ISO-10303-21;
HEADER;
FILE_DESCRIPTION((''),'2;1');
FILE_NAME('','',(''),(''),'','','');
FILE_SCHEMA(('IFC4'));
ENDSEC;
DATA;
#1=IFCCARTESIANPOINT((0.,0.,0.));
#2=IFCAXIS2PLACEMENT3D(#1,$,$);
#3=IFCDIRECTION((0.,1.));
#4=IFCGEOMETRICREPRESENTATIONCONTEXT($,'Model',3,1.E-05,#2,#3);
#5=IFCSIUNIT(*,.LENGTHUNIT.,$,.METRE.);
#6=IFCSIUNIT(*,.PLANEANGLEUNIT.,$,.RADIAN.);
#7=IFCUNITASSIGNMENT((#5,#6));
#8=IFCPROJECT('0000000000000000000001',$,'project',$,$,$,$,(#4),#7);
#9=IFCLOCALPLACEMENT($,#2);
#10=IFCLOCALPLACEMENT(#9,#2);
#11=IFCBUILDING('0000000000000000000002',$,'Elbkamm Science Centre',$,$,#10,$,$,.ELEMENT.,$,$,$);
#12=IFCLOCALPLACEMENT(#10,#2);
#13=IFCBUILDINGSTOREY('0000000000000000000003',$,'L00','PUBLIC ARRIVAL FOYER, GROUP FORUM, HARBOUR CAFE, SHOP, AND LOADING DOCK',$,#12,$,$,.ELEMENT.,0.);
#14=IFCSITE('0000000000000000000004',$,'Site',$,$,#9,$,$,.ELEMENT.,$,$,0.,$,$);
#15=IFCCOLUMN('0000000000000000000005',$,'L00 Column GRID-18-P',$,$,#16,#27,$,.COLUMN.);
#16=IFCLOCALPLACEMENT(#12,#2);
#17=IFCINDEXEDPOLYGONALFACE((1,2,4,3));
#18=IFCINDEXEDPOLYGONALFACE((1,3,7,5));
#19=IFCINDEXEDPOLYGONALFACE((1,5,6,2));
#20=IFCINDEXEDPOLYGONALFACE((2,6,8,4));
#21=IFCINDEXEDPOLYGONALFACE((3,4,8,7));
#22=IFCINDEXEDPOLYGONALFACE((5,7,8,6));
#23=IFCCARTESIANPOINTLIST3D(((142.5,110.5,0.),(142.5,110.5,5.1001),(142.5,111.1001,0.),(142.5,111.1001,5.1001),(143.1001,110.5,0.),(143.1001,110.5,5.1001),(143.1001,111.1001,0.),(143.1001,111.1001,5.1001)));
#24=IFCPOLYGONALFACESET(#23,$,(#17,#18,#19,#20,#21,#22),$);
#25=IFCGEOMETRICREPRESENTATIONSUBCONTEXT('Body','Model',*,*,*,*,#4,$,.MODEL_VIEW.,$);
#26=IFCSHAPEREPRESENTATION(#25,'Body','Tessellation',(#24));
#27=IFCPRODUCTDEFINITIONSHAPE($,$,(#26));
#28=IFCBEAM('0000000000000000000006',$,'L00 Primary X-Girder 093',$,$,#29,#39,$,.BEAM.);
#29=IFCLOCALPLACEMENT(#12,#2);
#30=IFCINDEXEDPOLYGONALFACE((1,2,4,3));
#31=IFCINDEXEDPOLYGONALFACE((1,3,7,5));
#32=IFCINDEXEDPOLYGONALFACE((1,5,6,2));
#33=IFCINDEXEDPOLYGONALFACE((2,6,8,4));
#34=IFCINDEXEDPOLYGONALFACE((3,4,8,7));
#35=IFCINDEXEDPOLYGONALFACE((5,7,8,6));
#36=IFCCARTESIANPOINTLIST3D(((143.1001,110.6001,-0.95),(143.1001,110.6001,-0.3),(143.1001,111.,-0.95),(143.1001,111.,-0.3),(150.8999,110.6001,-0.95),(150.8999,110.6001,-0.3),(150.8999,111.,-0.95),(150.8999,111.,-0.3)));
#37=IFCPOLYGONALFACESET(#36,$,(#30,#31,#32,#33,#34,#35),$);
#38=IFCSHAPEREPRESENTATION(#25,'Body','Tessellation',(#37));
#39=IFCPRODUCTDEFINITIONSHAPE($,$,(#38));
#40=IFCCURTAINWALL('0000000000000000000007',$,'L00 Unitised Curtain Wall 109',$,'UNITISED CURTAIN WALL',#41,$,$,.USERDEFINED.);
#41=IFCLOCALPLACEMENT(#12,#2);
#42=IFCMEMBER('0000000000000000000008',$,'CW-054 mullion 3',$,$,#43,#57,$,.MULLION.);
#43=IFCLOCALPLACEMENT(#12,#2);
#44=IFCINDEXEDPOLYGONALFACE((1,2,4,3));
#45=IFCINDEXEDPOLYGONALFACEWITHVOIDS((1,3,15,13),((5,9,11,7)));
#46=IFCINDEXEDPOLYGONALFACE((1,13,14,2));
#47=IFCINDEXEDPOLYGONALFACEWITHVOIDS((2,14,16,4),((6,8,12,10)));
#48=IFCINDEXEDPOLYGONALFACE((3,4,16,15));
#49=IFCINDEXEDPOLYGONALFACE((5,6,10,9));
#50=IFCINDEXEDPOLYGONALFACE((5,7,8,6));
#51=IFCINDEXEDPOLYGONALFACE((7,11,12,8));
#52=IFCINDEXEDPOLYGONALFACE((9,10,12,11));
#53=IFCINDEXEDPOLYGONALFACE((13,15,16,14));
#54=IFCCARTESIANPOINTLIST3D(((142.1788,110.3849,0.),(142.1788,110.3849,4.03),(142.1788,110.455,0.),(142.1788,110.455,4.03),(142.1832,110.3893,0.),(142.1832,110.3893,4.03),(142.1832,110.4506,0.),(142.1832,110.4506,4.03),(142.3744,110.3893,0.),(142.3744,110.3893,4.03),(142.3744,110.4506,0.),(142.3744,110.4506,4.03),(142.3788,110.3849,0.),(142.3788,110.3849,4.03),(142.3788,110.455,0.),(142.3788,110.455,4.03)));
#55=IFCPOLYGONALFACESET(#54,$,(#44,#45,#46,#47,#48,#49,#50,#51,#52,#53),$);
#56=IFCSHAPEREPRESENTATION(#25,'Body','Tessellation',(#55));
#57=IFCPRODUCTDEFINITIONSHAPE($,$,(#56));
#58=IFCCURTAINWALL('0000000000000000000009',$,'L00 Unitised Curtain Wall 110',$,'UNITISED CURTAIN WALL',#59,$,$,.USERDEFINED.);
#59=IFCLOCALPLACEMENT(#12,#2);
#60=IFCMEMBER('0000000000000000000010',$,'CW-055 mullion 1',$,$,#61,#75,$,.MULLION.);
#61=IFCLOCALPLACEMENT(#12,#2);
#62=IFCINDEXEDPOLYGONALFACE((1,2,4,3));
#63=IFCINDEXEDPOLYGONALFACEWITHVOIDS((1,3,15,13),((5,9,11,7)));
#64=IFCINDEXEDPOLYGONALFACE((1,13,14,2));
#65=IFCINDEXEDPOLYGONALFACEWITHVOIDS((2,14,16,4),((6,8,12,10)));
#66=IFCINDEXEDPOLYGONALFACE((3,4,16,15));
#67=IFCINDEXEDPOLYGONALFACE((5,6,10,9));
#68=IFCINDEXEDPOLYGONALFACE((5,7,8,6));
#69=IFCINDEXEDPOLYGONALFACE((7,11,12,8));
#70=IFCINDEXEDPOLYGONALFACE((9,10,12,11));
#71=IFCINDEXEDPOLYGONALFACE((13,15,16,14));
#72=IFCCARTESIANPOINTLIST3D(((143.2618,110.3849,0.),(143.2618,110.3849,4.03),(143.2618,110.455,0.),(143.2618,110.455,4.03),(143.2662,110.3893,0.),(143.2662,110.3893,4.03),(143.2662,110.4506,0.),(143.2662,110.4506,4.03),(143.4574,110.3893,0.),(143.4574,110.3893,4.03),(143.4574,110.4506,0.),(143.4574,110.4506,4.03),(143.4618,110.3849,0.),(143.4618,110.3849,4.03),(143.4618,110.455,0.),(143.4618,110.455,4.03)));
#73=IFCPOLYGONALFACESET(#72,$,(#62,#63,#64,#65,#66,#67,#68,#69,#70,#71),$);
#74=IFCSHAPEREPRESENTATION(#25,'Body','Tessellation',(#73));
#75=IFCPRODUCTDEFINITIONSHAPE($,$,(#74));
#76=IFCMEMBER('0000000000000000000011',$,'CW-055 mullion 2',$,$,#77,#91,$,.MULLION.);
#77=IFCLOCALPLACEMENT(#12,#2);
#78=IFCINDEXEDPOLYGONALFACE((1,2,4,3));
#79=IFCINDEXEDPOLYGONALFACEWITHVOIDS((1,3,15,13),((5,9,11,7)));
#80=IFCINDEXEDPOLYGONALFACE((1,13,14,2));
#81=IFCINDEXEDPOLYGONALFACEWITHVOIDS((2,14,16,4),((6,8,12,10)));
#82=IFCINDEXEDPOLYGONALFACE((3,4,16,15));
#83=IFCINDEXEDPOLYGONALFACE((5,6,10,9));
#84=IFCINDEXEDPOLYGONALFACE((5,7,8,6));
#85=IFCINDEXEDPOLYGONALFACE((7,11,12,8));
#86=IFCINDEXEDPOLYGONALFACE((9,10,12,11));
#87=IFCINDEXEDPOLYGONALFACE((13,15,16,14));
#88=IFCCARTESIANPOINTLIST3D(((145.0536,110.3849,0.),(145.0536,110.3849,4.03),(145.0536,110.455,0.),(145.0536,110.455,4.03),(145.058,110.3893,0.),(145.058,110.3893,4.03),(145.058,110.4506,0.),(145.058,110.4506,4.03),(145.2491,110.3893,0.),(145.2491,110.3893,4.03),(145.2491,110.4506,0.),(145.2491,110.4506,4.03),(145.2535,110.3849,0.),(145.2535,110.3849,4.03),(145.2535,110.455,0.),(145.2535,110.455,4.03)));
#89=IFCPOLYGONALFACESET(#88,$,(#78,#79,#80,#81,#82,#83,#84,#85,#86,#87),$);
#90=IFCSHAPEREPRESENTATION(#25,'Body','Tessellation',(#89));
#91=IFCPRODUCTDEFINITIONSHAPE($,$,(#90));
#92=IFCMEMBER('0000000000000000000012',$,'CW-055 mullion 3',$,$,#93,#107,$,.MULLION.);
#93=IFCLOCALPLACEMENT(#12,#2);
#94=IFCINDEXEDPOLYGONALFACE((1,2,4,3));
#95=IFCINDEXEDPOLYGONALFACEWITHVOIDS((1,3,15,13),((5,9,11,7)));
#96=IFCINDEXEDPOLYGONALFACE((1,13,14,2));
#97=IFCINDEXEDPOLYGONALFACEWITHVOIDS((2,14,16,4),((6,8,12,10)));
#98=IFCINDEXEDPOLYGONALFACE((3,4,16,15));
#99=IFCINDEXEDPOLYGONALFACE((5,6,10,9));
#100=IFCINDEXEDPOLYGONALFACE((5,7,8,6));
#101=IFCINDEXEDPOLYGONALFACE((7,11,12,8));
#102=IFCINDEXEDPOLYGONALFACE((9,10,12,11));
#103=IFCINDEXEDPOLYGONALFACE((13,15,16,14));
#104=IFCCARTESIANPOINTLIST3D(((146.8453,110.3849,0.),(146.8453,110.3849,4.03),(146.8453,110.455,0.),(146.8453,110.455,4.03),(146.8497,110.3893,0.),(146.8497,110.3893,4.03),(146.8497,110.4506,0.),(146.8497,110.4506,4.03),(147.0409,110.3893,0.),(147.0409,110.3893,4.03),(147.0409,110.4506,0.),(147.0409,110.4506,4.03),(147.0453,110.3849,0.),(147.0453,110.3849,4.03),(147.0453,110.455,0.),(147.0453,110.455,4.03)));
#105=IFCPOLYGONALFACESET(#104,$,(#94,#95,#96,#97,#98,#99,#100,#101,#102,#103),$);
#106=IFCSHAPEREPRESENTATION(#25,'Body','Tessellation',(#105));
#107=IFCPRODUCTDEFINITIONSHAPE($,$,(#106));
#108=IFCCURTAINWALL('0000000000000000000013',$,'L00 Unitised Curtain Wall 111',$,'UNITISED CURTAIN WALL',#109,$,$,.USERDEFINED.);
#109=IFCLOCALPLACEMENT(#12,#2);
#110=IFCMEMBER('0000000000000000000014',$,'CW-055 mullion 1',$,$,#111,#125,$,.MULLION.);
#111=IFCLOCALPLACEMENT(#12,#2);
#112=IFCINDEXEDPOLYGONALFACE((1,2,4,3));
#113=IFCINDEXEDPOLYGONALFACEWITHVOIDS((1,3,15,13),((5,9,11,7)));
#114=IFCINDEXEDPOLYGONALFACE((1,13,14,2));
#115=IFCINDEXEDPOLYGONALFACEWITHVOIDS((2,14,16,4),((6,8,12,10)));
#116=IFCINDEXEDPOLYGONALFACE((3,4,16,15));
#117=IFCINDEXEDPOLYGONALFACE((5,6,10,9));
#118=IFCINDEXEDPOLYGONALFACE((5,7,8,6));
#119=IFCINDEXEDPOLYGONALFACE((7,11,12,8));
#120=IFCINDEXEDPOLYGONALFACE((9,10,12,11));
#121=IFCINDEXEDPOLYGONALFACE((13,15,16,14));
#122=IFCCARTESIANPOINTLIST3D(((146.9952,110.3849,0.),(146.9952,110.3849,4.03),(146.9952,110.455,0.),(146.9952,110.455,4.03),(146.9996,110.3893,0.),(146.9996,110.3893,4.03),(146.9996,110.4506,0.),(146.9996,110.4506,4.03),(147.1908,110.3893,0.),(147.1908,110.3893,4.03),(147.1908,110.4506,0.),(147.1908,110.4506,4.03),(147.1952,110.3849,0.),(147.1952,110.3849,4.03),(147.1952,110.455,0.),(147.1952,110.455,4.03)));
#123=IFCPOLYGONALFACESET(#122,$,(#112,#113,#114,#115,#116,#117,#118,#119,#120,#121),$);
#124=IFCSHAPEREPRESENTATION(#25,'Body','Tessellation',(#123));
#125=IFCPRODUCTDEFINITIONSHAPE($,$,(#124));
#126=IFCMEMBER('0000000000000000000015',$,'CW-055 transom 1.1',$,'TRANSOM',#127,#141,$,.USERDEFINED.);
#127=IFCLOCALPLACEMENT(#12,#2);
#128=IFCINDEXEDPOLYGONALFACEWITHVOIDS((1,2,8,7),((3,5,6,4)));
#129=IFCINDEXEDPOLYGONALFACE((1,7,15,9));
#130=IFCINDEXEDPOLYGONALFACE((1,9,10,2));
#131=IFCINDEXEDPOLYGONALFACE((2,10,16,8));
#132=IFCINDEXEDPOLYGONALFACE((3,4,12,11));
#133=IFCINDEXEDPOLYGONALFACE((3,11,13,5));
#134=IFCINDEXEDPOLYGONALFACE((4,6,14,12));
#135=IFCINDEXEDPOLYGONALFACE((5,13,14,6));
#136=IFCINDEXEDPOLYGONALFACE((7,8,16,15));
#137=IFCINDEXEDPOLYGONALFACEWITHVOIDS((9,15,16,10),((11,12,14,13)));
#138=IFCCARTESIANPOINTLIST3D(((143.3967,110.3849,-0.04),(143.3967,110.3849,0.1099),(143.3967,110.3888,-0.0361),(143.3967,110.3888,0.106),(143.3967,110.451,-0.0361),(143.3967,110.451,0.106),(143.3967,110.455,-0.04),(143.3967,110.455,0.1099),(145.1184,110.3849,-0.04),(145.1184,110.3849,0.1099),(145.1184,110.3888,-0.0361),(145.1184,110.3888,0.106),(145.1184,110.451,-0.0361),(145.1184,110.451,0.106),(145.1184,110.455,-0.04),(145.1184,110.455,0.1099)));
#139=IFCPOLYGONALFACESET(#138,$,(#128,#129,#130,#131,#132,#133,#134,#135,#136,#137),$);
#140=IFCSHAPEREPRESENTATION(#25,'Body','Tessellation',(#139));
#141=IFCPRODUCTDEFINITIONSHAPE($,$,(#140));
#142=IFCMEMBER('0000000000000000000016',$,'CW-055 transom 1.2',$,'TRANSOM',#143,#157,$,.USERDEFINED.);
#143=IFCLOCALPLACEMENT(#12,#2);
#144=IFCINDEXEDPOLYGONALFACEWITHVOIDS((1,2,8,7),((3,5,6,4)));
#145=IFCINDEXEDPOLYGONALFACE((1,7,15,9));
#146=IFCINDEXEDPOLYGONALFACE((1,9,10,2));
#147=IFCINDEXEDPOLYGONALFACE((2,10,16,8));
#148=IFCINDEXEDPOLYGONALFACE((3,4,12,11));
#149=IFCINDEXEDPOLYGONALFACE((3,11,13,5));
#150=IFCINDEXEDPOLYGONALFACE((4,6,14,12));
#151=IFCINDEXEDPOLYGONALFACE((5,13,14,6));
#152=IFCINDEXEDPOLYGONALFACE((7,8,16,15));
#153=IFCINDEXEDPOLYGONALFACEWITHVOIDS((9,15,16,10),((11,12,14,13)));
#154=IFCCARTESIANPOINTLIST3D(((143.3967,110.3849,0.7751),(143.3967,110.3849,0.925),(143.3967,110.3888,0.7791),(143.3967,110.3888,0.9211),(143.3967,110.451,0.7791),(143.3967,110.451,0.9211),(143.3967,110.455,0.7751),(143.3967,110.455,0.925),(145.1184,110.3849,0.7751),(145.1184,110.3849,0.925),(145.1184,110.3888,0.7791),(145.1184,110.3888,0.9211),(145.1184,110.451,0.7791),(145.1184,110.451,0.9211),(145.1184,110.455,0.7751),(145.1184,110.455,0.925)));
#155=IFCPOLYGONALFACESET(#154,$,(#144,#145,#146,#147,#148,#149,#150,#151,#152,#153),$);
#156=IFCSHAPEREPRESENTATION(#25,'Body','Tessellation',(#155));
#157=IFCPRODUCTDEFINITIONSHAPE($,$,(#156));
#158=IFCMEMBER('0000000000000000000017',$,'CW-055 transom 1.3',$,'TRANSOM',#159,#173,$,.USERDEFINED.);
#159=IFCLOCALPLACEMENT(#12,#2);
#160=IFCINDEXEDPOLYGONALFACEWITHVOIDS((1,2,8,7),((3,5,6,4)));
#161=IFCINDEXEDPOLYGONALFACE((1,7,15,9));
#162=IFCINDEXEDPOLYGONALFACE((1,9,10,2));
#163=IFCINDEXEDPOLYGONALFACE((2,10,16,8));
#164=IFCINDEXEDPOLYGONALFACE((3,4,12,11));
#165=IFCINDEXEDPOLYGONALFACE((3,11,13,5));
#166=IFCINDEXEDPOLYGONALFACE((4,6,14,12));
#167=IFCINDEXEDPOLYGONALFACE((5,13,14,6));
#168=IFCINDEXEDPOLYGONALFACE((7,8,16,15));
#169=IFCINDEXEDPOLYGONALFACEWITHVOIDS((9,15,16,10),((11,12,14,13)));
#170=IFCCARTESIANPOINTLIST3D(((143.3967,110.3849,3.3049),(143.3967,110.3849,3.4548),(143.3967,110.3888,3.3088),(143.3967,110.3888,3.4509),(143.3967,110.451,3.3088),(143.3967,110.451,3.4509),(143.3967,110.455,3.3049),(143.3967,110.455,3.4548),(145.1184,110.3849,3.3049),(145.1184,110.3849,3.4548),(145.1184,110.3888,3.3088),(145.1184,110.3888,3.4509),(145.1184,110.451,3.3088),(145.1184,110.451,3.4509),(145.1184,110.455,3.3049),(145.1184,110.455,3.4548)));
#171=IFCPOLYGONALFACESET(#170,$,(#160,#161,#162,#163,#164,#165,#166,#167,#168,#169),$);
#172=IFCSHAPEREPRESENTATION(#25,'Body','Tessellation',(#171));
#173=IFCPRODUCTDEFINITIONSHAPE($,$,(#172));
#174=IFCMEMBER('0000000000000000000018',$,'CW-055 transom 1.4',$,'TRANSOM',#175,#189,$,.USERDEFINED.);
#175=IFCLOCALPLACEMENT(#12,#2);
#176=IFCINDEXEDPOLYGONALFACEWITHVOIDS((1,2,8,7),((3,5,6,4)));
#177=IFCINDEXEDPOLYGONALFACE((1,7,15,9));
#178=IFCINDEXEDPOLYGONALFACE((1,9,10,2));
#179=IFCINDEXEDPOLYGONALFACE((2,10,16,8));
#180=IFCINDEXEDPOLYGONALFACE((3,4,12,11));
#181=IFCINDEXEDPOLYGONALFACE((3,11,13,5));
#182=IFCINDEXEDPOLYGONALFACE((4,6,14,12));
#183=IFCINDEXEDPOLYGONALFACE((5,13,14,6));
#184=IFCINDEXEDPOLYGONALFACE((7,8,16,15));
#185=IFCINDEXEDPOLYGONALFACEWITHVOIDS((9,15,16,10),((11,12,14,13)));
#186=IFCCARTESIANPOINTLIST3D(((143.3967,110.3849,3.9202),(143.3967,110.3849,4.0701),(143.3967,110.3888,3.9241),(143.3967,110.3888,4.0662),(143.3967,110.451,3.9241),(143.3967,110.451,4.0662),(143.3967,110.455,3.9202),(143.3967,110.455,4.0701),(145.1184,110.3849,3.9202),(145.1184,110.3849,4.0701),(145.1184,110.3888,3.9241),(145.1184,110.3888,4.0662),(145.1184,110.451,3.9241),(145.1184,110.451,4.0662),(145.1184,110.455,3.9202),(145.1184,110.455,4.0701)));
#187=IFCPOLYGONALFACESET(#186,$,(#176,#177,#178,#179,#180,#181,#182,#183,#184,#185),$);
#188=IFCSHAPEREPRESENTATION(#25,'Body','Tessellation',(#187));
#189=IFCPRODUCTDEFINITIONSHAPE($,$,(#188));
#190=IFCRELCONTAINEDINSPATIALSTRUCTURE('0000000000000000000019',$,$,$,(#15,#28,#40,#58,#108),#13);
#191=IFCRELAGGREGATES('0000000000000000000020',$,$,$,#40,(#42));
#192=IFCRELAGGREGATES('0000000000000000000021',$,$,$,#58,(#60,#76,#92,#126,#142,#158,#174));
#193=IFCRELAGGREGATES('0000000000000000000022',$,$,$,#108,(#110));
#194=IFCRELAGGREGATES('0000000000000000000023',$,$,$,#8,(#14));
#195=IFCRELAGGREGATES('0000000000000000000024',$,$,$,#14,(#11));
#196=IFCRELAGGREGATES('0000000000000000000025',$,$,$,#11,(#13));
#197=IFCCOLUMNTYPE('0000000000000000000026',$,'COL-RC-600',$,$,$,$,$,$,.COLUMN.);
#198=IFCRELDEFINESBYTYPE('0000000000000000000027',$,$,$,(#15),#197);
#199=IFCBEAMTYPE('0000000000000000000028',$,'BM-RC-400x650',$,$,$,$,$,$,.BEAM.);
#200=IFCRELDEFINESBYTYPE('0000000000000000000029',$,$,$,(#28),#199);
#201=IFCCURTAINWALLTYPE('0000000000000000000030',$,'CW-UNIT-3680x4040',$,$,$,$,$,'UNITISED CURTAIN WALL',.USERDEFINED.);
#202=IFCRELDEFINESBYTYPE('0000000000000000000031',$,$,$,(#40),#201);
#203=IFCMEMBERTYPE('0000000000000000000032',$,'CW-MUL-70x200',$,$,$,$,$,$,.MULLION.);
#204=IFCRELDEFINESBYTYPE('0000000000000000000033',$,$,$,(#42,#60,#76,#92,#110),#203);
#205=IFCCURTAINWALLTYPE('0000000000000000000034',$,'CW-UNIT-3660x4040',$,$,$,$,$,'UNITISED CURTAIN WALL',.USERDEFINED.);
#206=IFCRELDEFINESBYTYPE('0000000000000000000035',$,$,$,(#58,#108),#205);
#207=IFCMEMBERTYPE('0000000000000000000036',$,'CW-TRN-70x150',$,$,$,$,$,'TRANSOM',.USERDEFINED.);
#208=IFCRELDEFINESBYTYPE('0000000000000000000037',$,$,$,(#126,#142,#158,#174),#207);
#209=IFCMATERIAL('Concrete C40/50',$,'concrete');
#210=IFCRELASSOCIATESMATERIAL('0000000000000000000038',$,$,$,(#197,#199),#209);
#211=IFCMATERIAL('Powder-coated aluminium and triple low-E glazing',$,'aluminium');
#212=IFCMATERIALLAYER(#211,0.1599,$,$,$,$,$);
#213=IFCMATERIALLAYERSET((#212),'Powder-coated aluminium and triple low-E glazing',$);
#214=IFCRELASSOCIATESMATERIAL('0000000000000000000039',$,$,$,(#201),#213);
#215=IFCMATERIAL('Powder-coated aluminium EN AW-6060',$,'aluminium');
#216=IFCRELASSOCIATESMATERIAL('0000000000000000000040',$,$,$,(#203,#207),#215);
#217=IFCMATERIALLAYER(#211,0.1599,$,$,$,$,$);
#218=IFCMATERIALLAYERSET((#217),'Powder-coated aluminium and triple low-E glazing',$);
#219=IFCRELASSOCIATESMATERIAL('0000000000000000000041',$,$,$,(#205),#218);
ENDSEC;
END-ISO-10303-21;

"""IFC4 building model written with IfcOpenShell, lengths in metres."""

from ifc_helpers import new_model, si_unit, direction, frame, origin, origin_2d, place, context, subcontext, project, spatial, rectangle, hollow_rectangle, extrude, material, layer, layer_set, material_profile, profile_set, type_object, element, aggregate, save


model = new_model("IFC4")

# Units and contexts
model_context = context("Model", 3, precision=1e-05, world=origin(), true_north=direction((0.0, 1.0)))
body_context = subcontext(model_context, "Body", "Model", "MODEL_VIEW")
ifc_project = project(units=[si_unit("LENGTHUNIT", "METRE"), si_unit("PLANEANGLEUNIT", "RADIAN")], contexts=[model_context])

# Site, building, storey
site_placement = place(None, origin())
site = spatial("IfcSite", under=ifc_project, at=site_placement, Name="Site", CompositionType="ELEMENT", RefElevation=0.0)
building_placement = place(site_placement, origin())
building = spatial("IfcBuilding", under=site, at=building_placement, Name="Elbkamm Science Centre", CompositionType="ELEMENT")
storey_placement = place(building_placement, origin())
storey = spatial("IfcBuildingStorey", under=building, at=storey_placement, Name="L00", Description="PUBLIC ARRIVAL FOYER, GROUP FORUM, HARBOUR CAFE, SHOP, AND LOADING DOCK", CompositionType="ELEMENT", Elevation=0.0)

# Column
ifc_material_1 = material(Name="Concrete C40/50", Category="concrete")
ifc_material_profile_1 = material_profile(ifc_material_1, rectangle(XDim=0.6001, YDim=0.6001, at=origin_2d()), Name="RC 600x600")
ifc_profile_set_1 = profile_set([ifc_material_profile_1], Name="Concrete C40/50")
column_type = type_object("IfcColumnType", Name="COL-RC-600", PredefinedType="COLUMN", material=ifc_profile_set_1)
column_placement = place(storey_placement, frame((142.8, 110.8, 0.0), z_axis=(0.0, 0.0, 1.0), x_axis=(1.0, 0.0, 0.0)))
element("IfcColumn", 1, at=column_placement, inside=storey, type_object=column_type, Name="L00 Column GRID-18-P", PredefinedType="COLUMN", context=body_context, shape_type="SweptSolid", body=[
    extrude(rectangle(XDim=0.6001, YDim=0.6001, at=origin_2d()), origin(), (0.0, 0.0, 1.0), 5.1001),
])

# Beam
ifc_material_profile_2 = material_profile(ifc_material_1, rectangle(XDim=0.3999, YDim=0.6499, at=origin_2d()), Name="RC 400x650")
ifc_profile_set_2 = profile_set([ifc_material_profile_2], Name="Concrete C40/50")
beam_type_1 = type_object("IfcBeamType", Name="BM-RC-400x650", PredefinedType="BEAM", material=ifc_profile_set_2)
beam_placement = place(storey_placement, frame((143.1001, 110.8, -0.625), z_axis=(1.0, 0.0, 0.0), x_axis=(0.0, 1.0, 0.0)))
element("IfcBeam", 2, at=beam_placement, inside=storey, type_object=beam_type_1, Name="L00 Primary X-Girder 093", PredefinedType="BEAM", context=body_context, shape_type="SweptSolid", body=[
    extrude(rectangle(XDim=0.3999, YDim=0.6499, at=origin_2d()), origin(), (0.0, 0.0, 1.0), 7.7998),
])

# Curtain wall, member
ifc_material_2 = material(Name="Powder-coated aluminium and triple low-E glazing", Category="aluminium")
ifc_layer_1 = layer(ifc_material_2, 0.1599)
ifc_layer_set_1 = layer_set([ifc_layer_1], Name="Powder-coated aluminium and triple low-E glazing")
curtain_wall_type_1 = type_object("IfcCurtainWallType", Name="CW-UNIT-3680x4040", ElementType="UNITISED CURTAIN WALL", PredefinedType="USERDEFINED", material=ifc_layer_set_1)
curtain_wall_1_placement = place(storey_placement, origin())
curtain_wall_1 = element("IfcCurtainWall", 3, at=curtain_wall_1_placement, inside=storey, type_object=curtain_wall_type_1, Name="L00 Unitised Curtain Wall 109", ObjectType="UNITISED CURTAIN WALL", PredefinedType="USERDEFINED")
ifc_material_3 = material(Name="Powder-coated aluminium EN AW-6060", Category="aluminium")
ifc_material_profile_3 = material_profile(ifc_material_3, hollow_rectangle(XDim=0.0701, YDim=0.2, WallThickness=0.0044, at=origin_2d()), Name="ALU M70x200")
ifc_profile_set_3 = profile_set([ifc_material_profile_3], Name="Powder-coated aluminium EN AW-6060")
member_type_1 = type_object("IfcMemberType", Name="CW-MUL-70x200", PredefinedType="MULLION", material=ifc_profile_set_3)
member_1_placement = place(storey_placement, frame((142.2788, 110.4199, 0.0), z_axis=(0.0, 0.0, 1.0), x_axis=(0.0, 1.0, 0.0)))
member_1 = element("IfcMember", 4, at=member_1_placement, type_object=member_type_1, Name="CW-054 mullion 3", PredefinedType="MULLION", context=body_context, shape_type="SweptSolid", body=[
    extrude(hollow_rectangle(XDim=0.0701, YDim=0.2, WallThickness=0.0044, at=origin_2d()), origin(), (0.0, 0.0, 1.0), 4.03),
])
aggregate(curtain_wall_1, [member_1])

# Curtain wall, members
ifc_layer_2 = layer(ifc_material_2, 0.1599)
ifc_layer_set_2 = layer_set([ifc_layer_2], Name="Powder-coated aluminium and triple low-E glazing")
curtain_wall_type_2 = type_object("IfcCurtainWallType", Name="CW-UNIT-3660x4040", ElementType="UNITISED CURTAIN WALL", PredefinedType="USERDEFINED", material=ifc_layer_set_2)
curtain_wall_2_placement = place(storey_placement, origin())
curtain_wall_2 = element("IfcCurtainWall", 5, at=curtain_wall_2_placement, inside=storey, type_object=curtain_wall_type_2, Name="L00 Unitised Curtain Wall 110", ObjectType="UNITISED CURTAIN WALL", PredefinedType="USERDEFINED")
member_2_placement = place(storey_placement, frame((143.3618, 110.4199, 0.0), z_axis=(0.0, 0.0, 1.0), x_axis=(0.0, 1.0, 0.0)))
member_2 = element("IfcMember", 6, at=member_2_placement, type_object=member_type_1, Name="CW-055 mullion 1", PredefinedType="MULLION", context=body_context, shape_type="SweptSolid", body=[
    extrude(hollow_rectangle(XDim=0.0701, YDim=0.2, WallThickness=0.0044, at=origin_2d()), origin(), (0.0, 0.0, 1.0), 4.03),
])
member_3_placement = place(storey_placement, frame((145.1536, 110.4199, 0.0), z_axis=(0.0, 0.0, 1.0), x_axis=(0.0, 1.0, 0.0)))
member_3 = element("IfcMember", 7, at=member_3_placement, type_object=member_type_1, Name="CW-055 mullion 2", PredefinedType="MULLION", context=body_context, shape_type="SweptSolid", body=[
    extrude(hollow_rectangle(XDim=0.0701, YDim=0.2, WallThickness=0.0044, at=origin_2d()), origin(), (0.0, 0.0, 1.0), 4.03),
])
member_4_placement = place(storey_placement, frame((146.9453, 110.4199, 0.0), z_axis=(0.0, 0.0, 1.0), x_axis=(0.0, 1.0, 0.0)))
member_4 = element("IfcMember", 8, at=member_4_placement, type_object=member_type_1, Name="CW-055 mullion 3", PredefinedType="MULLION", context=body_context, shape_type="SweptSolid", body=[
    extrude(hollow_rectangle(XDim=0.0701, YDim=0.2, WallThickness=0.0044, at=origin_2d()), origin(), (0.0, 0.0, 1.0), 4.03),
])

# Curtain wall, member
curtain_wall_3_placement = place(storey_placement, origin())
curtain_wall_3 = element("IfcCurtainWall", 9, at=curtain_wall_3_placement, inside=storey, type_object=curtain_wall_type_2, Name="L00 Unitised Curtain Wall 111", ObjectType="UNITISED CURTAIN WALL", PredefinedType="USERDEFINED")
member_5_placement = place(storey_placement, frame((147.0952, 110.4199, 0.0), z_axis=(0.0, 0.0, 1.0), x_axis=(0.0, 1.0, 0.0)))
member_5 = element("IfcMember", 10, at=member_5_placement, type_object=member_type_1, Name="CW-055 mullion 1", PredefinedType="MULLION", context=body_context, shape_type="SweptSolid", body=[
    extrude(hollow_rectangle(XDim=0.0701, YDim=0.2, WallThickness=0.0044, at=origin_2d()), origin(), (0.0, 0.0, 1.0), 4.03),
])

# Members
ifc_material_profile_4 = material_profile(ifc_material_3, hollow_rectangle(XDim=0.0701, YDim=0.1499, WallThickness=0.0039, at=origin_2d()), Name="ALU T70x150")
ifc_profile_set_4 = profile_set([ifc_material_profile_4], Name="Powder-coated aluminium EN AW-6060")
member_type_2 = type_object("IfcMemberType", Name="CW-TRN-70x150", ElementType="TRANSOM", PredefinedType="USERDEFINED", material=ifc_profile_set_4)
member_6_placement = place(storey_placement, frame((143.3967, 110.4199, 0.0349), z_axis=(1.0, 0.0, 0.0), x_axis=(0.0, 1.0, 0.0)))
member_6 = element("IfcMember", 11, at=member_6_placement, type_object=member_type_2, Name="CW-055 transom 1.1", ObjectType="TRANSOM", PredefinedType="USERDEFINED", context=body_context, shape_type="SweptSolid", body=[
    extrude(hollow_rectangle(XDim=0.0701, YDim=0.1499, WallThickness=0.0039, at=origin_2d()), origin(), (0.0, 0.0, 1.0), 1.7217),
])
member_7_placement = place(storey_placement, frame((143.3967, 110.4199, 0.8501), z_axis=(1.0, 0.0, 0.0), x_axis=(0.0, 1.0, 0.0)))
member_7 = element("IfcMember", 12, at=member_7_placement, type_object=member_type_2, Name="CW-055 transom 1.2", ObjectType="TRANSOM", PredefinedType="USERDEFINED", context=body_context, shape_type="SweptSolid", body=[
    extrude(hollow_rectangle(XDim=0.0701, YDim=0.1499, WallThickness=0.0039, at=origin_2d()), origin(), (0.0, 0.0, 1.0), 1.7217),
])
member_8_placement = place(storey_placement, frame((143.3967, 110.4199, 3.3799), z_axis=(1.0, 0.0, 0.0), x_axis=(0.0, 1.0, 0.0)))
member_8 = element("IfcMember", 13, at=member_8_placement, type_object=member_type_2, Name="CW-055 transom 1.3", ObjectType="TRANSOM", PredefinedType="USERDEFINED", context=body_context, shape_type="SweptSolid", body=[
    extrude(hollow_rectangle(XDim=0.0701, YDim=0.1499, WallThickness=0.0039, at=origin_2d()), origin(), (0.0, 0.0, 1.0), 1.7217),
])
member_9_placement = place(storey_placement, frame((143.3967, 110.4199, 3.9951), z_axis=(1.0, 0.0, 0.0), x_axis=(0.0, 1.0, 0.0)))
member_9 = element("IfcMember", 14, at=member_9_placement, type_object=member_type_2, Name="CW-055 transom 1.4", ObjectType="TRANSOM", PredefinedType="USERDEFINED", context=body_context, shape_type="SweptSolid", body=[
    extrude(hollow_rectangle(XDim=0.0701, YDim=0.1499, WallThickness=0.0039, at=origin_2d()), origin(), (0.0, 0.0, 1.0), 1.7217),
])

aggregate(curtain_wall_2, [member_2, member_3, member_4, member_6, member_7, member_8, member_9])
aggregate(curtain_wall_3, [member_5])

save(model, "model.ifc")
